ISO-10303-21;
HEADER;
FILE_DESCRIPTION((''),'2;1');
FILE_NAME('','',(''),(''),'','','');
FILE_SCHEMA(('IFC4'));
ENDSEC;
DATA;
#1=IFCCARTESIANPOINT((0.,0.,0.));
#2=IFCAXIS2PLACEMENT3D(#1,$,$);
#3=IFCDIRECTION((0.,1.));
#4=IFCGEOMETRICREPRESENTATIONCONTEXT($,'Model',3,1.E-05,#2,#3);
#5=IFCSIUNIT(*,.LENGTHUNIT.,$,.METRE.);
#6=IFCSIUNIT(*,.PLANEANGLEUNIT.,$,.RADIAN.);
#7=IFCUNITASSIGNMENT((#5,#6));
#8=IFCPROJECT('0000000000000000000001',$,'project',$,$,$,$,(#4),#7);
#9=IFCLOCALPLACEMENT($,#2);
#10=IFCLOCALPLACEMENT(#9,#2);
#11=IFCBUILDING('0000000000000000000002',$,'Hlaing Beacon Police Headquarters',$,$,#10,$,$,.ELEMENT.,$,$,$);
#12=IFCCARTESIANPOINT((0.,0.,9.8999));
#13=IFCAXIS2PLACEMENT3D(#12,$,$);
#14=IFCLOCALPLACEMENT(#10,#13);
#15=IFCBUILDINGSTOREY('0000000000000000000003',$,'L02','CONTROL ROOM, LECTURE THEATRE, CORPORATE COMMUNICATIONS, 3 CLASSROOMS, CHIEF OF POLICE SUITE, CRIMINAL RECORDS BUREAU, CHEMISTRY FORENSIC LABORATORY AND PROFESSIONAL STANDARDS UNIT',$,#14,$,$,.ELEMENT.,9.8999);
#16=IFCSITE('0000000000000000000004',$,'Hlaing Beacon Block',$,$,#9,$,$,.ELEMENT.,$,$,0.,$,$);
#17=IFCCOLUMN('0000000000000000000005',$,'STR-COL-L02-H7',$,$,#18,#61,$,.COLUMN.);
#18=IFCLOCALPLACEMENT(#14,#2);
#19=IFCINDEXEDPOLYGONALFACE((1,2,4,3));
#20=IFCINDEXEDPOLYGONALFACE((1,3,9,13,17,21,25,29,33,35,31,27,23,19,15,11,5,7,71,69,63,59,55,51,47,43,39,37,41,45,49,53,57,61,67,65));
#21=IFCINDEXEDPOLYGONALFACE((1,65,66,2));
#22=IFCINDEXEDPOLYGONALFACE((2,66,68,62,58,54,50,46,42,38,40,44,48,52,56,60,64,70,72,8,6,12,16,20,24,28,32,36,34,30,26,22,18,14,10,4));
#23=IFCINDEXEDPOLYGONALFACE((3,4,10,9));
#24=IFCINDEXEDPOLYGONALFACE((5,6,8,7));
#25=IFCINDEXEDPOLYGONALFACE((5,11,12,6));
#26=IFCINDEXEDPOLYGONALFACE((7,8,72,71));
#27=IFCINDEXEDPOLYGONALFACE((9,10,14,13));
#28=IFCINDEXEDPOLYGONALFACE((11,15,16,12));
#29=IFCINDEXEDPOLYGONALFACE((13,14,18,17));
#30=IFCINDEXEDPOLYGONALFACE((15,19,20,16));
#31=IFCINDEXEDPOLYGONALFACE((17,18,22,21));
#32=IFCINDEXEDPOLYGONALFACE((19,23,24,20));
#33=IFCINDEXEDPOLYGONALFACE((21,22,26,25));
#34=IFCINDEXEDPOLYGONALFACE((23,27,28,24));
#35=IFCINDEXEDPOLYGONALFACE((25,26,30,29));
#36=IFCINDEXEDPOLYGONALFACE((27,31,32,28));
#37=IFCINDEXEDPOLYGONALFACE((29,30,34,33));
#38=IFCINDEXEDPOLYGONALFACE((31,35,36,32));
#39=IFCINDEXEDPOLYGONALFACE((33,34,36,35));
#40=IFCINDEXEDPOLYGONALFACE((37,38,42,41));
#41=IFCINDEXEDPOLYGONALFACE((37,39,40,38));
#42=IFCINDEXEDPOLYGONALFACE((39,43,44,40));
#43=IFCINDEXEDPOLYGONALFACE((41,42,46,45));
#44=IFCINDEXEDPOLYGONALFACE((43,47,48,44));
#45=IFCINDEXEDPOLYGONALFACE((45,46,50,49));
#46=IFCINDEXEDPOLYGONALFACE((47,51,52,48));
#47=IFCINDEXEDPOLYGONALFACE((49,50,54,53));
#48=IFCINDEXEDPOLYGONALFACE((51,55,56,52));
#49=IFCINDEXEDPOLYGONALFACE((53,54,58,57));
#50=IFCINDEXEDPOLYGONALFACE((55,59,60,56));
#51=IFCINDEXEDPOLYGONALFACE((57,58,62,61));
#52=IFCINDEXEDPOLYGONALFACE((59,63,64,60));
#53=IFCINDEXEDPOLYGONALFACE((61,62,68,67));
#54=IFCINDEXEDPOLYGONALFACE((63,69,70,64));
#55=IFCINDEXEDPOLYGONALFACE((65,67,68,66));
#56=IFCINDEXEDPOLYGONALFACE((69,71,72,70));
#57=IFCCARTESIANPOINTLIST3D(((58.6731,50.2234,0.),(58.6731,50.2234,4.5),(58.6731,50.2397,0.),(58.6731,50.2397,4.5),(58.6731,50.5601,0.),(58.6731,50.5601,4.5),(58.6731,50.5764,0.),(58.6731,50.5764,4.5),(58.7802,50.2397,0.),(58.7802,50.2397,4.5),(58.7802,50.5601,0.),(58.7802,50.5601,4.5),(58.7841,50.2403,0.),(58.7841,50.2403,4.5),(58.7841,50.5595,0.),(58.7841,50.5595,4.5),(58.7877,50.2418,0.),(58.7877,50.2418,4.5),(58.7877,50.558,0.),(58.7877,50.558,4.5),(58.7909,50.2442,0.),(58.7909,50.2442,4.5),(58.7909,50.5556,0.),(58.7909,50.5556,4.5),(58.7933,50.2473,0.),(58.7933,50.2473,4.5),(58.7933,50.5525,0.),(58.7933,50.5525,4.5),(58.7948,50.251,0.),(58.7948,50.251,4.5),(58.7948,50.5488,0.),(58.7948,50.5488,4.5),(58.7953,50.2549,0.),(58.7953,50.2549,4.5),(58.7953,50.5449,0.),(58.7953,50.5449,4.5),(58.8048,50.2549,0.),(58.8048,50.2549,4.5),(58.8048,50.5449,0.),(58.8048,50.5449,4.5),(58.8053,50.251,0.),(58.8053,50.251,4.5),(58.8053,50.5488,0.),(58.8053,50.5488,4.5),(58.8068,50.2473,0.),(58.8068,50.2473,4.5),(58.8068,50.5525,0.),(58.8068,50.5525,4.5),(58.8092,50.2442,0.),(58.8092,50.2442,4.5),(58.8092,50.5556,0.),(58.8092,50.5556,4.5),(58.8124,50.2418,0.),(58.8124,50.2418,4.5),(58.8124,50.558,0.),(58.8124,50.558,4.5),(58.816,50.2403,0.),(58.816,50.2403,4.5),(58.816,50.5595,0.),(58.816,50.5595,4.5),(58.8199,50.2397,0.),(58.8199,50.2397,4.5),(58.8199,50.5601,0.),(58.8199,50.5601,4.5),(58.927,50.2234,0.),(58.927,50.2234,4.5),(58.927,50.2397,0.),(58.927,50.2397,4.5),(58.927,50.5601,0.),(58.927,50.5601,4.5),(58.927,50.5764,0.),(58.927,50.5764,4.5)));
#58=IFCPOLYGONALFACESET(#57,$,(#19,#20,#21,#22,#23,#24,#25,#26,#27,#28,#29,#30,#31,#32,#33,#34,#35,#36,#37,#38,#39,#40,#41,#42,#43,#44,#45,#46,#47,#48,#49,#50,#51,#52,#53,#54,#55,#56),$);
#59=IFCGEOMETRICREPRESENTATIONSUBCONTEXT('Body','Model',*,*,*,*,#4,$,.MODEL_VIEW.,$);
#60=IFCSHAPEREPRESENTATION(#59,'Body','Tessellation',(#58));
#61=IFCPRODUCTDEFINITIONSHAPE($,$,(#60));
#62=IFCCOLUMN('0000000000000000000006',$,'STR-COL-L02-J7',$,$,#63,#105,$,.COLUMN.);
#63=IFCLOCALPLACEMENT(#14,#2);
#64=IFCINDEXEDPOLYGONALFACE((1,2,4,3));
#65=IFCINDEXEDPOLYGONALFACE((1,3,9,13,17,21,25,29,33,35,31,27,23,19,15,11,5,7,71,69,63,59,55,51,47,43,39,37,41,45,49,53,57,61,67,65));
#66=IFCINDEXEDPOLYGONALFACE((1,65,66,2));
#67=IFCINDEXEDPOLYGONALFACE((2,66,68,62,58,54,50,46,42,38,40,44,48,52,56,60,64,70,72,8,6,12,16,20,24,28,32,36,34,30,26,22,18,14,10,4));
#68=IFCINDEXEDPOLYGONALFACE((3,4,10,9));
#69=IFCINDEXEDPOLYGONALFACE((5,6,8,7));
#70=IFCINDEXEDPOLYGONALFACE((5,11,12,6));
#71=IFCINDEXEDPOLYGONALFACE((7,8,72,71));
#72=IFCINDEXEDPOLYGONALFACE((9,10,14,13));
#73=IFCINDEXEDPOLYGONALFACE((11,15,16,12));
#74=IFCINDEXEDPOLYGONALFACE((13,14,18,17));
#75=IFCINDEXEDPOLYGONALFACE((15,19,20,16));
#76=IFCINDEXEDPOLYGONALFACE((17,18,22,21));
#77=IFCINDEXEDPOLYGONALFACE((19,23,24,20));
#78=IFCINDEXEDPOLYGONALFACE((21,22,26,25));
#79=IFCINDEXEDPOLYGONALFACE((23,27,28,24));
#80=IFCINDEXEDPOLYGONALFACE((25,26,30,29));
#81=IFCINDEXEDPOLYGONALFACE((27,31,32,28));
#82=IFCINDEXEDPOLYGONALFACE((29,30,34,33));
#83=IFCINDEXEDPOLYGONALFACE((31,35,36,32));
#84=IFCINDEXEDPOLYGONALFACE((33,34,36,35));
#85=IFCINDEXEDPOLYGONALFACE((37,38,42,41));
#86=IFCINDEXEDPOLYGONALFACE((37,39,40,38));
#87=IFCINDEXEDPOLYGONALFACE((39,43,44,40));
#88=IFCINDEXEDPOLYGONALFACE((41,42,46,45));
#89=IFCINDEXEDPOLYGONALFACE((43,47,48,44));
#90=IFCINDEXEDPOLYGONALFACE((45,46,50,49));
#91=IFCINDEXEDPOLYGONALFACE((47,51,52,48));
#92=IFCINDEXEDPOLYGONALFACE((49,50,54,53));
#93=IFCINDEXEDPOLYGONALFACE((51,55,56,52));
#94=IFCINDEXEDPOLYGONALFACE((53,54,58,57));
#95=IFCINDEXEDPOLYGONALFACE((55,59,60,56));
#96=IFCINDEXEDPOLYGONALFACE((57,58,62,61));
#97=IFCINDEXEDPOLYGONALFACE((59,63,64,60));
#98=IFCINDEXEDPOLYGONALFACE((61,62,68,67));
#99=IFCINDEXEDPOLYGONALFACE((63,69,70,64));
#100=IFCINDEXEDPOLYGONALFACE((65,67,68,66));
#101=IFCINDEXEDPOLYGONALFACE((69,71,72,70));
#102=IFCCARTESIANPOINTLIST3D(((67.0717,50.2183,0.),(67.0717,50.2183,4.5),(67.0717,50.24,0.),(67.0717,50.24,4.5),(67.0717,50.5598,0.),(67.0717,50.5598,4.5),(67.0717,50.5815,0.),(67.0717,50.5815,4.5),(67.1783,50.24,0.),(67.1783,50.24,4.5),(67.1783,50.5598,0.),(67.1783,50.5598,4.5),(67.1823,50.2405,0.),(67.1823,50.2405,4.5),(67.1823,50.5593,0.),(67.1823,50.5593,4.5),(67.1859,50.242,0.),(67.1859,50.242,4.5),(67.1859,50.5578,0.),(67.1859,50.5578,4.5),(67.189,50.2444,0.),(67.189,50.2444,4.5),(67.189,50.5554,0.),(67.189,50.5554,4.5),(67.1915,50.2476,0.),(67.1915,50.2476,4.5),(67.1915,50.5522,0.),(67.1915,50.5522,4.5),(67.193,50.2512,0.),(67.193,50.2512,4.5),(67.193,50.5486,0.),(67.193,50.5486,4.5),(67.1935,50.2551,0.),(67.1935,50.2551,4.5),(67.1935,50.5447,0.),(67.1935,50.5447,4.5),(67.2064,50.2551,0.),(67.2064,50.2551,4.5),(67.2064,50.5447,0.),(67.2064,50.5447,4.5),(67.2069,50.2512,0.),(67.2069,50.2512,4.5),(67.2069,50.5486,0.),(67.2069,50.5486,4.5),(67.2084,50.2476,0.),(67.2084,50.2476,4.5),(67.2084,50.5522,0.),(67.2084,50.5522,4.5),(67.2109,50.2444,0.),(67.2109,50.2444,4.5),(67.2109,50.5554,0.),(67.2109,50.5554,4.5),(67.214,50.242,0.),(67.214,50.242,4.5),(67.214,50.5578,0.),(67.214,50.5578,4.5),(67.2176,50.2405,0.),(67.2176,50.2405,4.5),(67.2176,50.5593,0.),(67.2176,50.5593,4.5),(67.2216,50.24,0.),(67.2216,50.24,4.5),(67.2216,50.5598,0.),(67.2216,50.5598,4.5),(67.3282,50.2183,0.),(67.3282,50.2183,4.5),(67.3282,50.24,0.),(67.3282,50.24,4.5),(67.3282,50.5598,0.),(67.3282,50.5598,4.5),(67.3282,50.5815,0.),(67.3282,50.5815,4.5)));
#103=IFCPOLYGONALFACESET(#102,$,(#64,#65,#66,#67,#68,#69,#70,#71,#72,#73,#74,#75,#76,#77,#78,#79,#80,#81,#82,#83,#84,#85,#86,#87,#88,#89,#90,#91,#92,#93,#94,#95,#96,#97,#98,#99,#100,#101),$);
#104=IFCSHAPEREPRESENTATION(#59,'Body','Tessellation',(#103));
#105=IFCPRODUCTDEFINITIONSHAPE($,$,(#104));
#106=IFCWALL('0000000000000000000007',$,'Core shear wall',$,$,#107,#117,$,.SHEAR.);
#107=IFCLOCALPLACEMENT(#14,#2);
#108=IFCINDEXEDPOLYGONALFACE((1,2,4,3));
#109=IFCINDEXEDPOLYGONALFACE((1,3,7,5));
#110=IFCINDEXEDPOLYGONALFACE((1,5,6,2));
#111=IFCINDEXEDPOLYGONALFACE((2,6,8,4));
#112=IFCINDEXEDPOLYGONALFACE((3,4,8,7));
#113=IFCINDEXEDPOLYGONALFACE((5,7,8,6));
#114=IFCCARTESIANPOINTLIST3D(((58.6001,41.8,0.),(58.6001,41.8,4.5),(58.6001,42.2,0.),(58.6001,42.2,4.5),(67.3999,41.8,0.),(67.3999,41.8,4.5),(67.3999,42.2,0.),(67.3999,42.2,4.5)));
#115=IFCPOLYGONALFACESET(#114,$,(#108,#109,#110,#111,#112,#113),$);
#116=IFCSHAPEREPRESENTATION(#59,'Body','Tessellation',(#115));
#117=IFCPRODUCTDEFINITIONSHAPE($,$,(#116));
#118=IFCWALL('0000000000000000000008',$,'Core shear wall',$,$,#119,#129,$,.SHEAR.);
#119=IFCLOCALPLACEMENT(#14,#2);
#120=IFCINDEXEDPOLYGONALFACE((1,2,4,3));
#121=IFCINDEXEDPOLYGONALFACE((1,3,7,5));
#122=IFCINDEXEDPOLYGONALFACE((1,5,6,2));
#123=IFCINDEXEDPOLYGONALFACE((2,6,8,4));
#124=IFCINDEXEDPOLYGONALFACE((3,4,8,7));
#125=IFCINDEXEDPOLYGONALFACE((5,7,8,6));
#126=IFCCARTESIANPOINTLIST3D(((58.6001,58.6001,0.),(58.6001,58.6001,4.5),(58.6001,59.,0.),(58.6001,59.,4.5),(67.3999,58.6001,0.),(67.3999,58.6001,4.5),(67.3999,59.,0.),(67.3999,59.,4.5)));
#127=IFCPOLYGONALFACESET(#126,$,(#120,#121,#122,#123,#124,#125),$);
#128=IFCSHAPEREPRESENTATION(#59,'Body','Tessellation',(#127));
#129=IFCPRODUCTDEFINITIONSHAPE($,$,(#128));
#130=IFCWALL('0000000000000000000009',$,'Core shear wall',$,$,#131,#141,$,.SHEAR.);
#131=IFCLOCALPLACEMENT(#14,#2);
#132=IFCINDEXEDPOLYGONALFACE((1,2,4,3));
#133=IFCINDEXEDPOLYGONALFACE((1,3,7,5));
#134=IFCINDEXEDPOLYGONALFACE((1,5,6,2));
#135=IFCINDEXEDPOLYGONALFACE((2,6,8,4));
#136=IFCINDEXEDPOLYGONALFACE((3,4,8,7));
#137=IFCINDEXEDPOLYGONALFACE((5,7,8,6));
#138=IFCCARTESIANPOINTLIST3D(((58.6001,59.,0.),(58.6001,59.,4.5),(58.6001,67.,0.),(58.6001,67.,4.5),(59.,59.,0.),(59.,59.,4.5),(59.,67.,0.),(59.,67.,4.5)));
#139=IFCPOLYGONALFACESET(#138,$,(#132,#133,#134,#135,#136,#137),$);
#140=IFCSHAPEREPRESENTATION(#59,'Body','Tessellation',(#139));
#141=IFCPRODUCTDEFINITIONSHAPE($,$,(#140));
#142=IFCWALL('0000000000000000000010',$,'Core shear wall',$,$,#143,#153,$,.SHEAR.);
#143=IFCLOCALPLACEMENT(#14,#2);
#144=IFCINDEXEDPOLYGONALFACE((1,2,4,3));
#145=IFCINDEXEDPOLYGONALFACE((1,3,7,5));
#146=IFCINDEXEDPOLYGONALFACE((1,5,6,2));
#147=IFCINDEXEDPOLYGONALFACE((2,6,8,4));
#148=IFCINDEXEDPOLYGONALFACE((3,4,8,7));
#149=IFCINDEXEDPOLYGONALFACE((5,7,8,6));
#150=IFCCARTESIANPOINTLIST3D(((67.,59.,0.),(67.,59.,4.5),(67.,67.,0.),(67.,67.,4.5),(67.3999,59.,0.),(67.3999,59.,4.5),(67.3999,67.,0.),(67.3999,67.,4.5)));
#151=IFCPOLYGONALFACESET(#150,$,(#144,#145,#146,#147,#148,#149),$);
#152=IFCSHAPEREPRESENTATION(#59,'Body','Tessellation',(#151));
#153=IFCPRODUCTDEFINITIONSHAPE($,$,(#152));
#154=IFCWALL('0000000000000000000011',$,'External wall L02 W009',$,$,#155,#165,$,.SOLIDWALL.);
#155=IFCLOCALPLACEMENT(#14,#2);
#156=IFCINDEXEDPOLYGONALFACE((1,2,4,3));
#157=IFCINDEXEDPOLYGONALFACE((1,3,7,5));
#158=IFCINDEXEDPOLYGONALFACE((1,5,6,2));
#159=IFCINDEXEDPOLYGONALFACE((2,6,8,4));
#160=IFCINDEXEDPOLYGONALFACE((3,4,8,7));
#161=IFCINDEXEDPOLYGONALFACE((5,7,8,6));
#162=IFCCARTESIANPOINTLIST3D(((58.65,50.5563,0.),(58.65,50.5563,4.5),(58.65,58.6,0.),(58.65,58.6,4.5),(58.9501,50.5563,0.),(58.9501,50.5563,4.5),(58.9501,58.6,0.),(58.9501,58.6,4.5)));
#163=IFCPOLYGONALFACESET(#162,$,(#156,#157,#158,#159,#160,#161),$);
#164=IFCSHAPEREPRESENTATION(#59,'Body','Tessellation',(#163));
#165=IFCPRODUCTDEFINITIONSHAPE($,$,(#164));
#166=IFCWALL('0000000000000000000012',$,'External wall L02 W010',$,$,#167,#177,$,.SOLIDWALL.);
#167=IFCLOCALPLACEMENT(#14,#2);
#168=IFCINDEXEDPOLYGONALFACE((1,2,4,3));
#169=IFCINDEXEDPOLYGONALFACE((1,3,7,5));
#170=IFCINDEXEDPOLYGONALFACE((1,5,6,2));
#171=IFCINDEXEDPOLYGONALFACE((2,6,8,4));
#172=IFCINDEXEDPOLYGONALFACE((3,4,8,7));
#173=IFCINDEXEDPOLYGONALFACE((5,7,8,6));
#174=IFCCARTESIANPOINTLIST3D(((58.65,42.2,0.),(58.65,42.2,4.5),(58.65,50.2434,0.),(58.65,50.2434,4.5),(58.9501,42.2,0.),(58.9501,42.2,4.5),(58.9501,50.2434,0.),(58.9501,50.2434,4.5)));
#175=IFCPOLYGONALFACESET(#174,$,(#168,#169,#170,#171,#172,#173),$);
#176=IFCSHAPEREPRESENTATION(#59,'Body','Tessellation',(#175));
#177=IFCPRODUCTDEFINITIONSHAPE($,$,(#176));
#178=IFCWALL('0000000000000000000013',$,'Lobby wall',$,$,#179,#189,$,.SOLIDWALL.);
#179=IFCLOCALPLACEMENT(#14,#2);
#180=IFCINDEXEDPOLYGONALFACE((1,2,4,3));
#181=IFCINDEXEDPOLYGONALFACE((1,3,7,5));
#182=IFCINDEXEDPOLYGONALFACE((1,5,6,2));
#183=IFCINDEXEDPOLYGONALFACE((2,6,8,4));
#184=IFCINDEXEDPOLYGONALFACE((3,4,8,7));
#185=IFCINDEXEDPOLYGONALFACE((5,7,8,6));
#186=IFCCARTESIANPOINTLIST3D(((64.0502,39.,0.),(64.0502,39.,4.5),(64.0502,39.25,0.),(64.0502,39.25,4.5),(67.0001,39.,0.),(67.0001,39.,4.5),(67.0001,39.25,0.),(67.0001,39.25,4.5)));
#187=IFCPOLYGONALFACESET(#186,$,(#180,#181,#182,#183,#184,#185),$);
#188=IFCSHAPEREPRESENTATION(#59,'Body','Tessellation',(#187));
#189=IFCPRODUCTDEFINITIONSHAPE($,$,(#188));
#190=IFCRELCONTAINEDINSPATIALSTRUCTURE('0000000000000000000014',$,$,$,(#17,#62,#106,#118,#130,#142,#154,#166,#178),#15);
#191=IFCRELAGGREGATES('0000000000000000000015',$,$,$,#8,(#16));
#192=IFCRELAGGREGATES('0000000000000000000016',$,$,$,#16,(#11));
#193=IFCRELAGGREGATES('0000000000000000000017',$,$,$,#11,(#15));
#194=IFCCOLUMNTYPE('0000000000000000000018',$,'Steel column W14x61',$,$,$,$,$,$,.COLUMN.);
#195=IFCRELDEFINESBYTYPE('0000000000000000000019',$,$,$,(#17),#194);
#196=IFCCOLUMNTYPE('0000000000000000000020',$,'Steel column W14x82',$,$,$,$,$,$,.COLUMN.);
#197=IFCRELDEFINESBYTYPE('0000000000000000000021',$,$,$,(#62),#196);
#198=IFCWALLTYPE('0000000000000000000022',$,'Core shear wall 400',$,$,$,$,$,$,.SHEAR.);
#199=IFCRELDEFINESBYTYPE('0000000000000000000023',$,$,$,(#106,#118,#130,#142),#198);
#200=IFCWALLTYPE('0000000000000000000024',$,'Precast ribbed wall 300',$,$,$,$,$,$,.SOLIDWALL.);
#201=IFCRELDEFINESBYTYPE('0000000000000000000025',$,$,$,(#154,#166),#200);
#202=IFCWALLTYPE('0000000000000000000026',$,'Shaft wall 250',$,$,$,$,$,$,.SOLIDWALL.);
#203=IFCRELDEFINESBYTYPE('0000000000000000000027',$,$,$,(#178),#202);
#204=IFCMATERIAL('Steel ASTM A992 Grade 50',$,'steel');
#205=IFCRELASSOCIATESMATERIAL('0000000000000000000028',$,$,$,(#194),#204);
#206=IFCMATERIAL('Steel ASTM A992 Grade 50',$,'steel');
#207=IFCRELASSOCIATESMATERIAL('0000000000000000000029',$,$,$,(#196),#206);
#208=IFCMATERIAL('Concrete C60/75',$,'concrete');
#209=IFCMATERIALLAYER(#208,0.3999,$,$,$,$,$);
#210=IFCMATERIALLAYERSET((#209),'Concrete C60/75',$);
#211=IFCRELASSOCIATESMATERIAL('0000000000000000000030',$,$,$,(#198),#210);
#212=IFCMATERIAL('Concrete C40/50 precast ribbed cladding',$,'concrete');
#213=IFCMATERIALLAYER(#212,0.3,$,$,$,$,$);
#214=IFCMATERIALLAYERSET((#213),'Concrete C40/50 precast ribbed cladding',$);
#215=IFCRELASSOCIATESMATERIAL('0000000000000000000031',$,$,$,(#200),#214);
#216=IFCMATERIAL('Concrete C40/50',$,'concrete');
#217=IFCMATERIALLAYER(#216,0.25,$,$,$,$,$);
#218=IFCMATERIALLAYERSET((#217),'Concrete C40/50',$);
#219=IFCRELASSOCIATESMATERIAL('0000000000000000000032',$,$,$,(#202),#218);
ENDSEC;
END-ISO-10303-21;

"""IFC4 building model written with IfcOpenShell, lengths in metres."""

from ifc_helpers import new_model, si_unit, direction, frame, frame_2d, origin, origin_2d, place, context, subcontext, project, spatial, rectangle, i_section, extrude, material, layer, layer_set, material_profile, profile_set, type_object, element, save


model = new_model("IFC4")

# Units and contexts
model_context = context("Model", 3, precision=1e-05, world=origin(), true_north=direction((0.0, 1.0)))
body_context = subcontext(model_context, "Body", "Model", "MODEL_VIEW")
ifc_project = project(units=[si_unit("LENGTHUNIT", "METRE"), si_unit("PLANEANGLEUNIT", "RADIAN")], contexts=[model_context])

# Site, building, storey
site_placement = place(None, origin())
site = spatial("IfcSite", under=ifc_project, at=site_placement, Name="Hlaing Beacon Block", CompositionType="ELEMENT", RefElevation=0.0)
building_placement = place(site_placement, origin())
building = spatial("IfcBuilding", under=site, at=building_placement, Name="Hlaing Beacon Police Headquarters", CompositionType="ELEMENT")
storey_placement = place(building_placement, frame((0.0, 0.0, 9.8999)))
storey = spatial("IfcBuildingStorey", under=building, at=storey_placement, Name="L02", Description="CONTROL ROOM, LECTURE THEATRE, CORPORATE COMMUNICATIONS, 3 CLASSROOMS, CHIEF OF POLICE SUITE, CRIMINAL RECORDS BUREAU, CHEMISTRY FORENSIC LABORATORY AND PROFESSIONAL STANDARDS UNIT", CompositionType="ELEMENT", Elevation=9.8999)

# Columns
ifc_material_1 = material(Name="Steel ASTM A992 Grade 50", Category="steel")
ifc_material_profile_1 = material_profile(ifc_material_1, i_section(OverallWidth=0.2539, OverallDepth=0.353, WebThickness=0.0095, FlangeThickness=0.0164, FilletRadius=0.0151, at=origin_2d()), Name="W14x61")
ifc_profile_set_1 = profile_set([ifc_material_profile_1], Name="Steel ASTM A992 Grade 50")
column_type_1 = type_object("IfcColumnType", Name="Steel column W14x61", PredefinedType="COLUMN", material=ifc_profile_set_1)
column_1_placement = place(storey_placement, frame((58.8, 50.3999, 0.0), z_axis=(0.0, 0.0, 1.0), x_axis=(1.0, 0.0, 0.0)))
element("IfcColumn", 1, at=column_1_placement, inside=storey, type_object=column_type_1, Name="STR-COL-L02-H7", PredefinedType="COLUMN", context=body_context, shape_type="SweptSolid", body=[
    extrude(i_section(OverallWidth=0.2539, OverallDepth=0.353, WebThickness=0.0095, FlangeThickness=0.0164, FilletRadius=0.0151, at=origin_2d()), origin(), (0.0, 0.0, 1.0), 4.5),
])
ifc_material_2 = material(Name="Steel ASTM A992 Grade 50", Category="steel")
ifc_material_profile_2 = material_profile(ifc_material_2, i_section(OverallWidth=0.2566, OverallDepth=0.3633, WebThickness=0.0129, FlangeThickness=0.0217, FilletRadius=0.0151, at=origin_2d()), Name="W14x82")
ifc_profile_set_2 = profile_set([ifc_material_profile_2], Name="Steel ASTM A992 Grade 50")
column_type_2 = type_object("IfcColumnType", Name="Steel column W14x82", PredefinedType="COLUMN", material=ifc_profile_set_2)
column_2_placement = place(storey_placement, frame((67.2, 50.3999, 0.0), z_axis=(0.0, 0.0, 1.0), x_axis=(1.0, 0.0, 0.0)))
element("IfcColumn", 2, at=column_2_placement, inside=storey, type_object=column_type_2, Name="STR-COL-L02-J7", PredefinedType="COLUMN", context=body_context, shape_type="SweptSolid", body=[
    extrude(i_section(OverallWidth=0.2566, OverallDepth=0.3633, WebThickness=0.0129, FlangeThickness=0.0217, FilletRadius=0.0151, at=origin_2d()), origin(), (0.0, 0.0, 1.0), 4.5),
])

# Walls
ifc_material_3 = material(Name="Concrete C60/75", Category="concrete")
ifc_layer_1 = layer(ifc_material_3, 0.3999)
ifc_layer_set_1 = layer_set([ifc_layer_1], Name="Concrete C60/75")
wall_type_1 = type_object("IfcWallType", Name="Core shear wall 400", PredefinedType="SHEAR", material=ifc_layer_set_1)
for number, where, z_axis, x_axis, name in (
    (3, (58.6001, 42.0, 0.0), (0.0, 0.0, 1.0), (1.0, 0.0, 0.0), "Core shear wall"),
    (4, (58.6001, 58.8, 0.0), (0.0, 0.0, 1.0), (1.0, 0.0, 0.0), "Core shear wall"),
):
    element("IfcWall", number, at=place(storey_placement, frame(where, z_axis=z_axis, x_axis=x_axis)), inside=storey, type_object=wall_type_1, Name=name, PredefinedType="SHEAR", context=body_context, shape_type="SweptSolid", body=[
        extrude(rectangle(XDim=8.7998, YDim=0.3999, at=frame_2d((4.3999, 0.0))), origin(), (0.0, 0.0, 1.0), 4.5),
    ])
for number, where, z_axis, x_axis, name in (
    (5, (58.8, 59.0, 0.0), (0.0, 0.0, 1.0), (0.0, 1.0, 0.0), "Core shear wall"),
    (6, (67.2, 59.0, 0.0), (0.0, 0.0, 1.0), (0.0, 1.0, 0.0), "Core shear wall"),
):
    element("IfcWall", number, at=place(storey_placement, frame(where, z_axis=z_axis, x_axis=x_axis)), inside=storey, type_object=wall_type_1, Name=name, PredefinedType="SHEAR", context=body_context, shape_type="SweptSolid", body=[
        extrude(rectangle(XDim=8.0, YDim=0.3999, at=frame_2d((4.0, 0.0))), origin(), (0.0, 0.0, 1.0), 4.5),
    ])
ifc_material_4 = material(Name="Concrete C40/50 precast ribbed cladding", Category="concrete")
ifc_layer_2 = layer(ifc_material_4, 0.3)
ifc_layer_set_2 = layer_set([ifc_layer_2], Name="Concrete C40/50 precast ribbed cladding")
wall_type_2 = type_object("IfcWallType", Name="Precast ribbed wall 300", PredefinedType="SOLIDWALL", material=ifc_layer_set_2)
wall_1_placement = place(storey_placement, frame((58.8, 58.6001, 0.0), z_axis=(0.0, 0.0, 1.0), x_axis=(0.0, -1.0, 0.0)))
element("IfcWall", 7, at=wall_1_placement, inside=storey, type_object=wall_type_2, Name="External wall L02 W009", PredefinedType="SOLIDWALL", context=body_context, shape_type="SweptSolid", body=[
    extrude(rectangle(XDim=8.0437, YDim=0.3, at=frame_2d((4.022, 0.0))), origin(), (0.0, 0.0, 1.0), 4.5),
])
wall_2_placement = place(storey_placement, frame((58.8, 50.2434, 0.0), z_axis=(0.0, 0.0, 1.0), x_axis=(0.0, -1.0, 0.0)))
element("IfcWall", 8, at=wall_2_placement, inside=storey, type_object=wall_type_2, Name="External wall L02 W010", PredefinedType="SOLIDWALL", context=body_context, shape_type="SweptSolid", body=[
    extrude(rectangle(XDim=8.0435, YDim=0.3, at=frame_2d((4.0217, 0.0))), origin(), (0.0, 0.0, 1.0), 4.5),
])
ifc_material_5 = material(Name="Concrete C40/50", Category="concrete")
ifc_layer_3 = layer(ifc_material_5, 0.25)
ifc_layer_set_3 = layer_set([ifc_layer_3], Name="Concrete C40/50")
wall_type_3 = type_object("IfcWallType", Name="Shaft wall 250", PredefinedType="SOLIDWALL", material=ifc_layer_set_3)
wall_3_placement = place(storey_placement, frame((64.05, 39.125, 0.0), z_axis=(0.0, 0.0, 1.0), x_axis=(1.0, 0.0, 0.0)))
element("IfcWall", 9, at=wall_3_placement, inside=storey, type_object=wall_type_3, Name="Lobby wall", PredefinedType="SOLIDWALL", context=body_context, shape_type="SweptSolid", body=[
    extrude(rectangle(XDim=2.95, YDim=0.25, at=frame_2d((1.4751, 0.0))), origin(), (0.0, 0.0, 1.0), 4.5),
])

save(model, "model.ifc")
